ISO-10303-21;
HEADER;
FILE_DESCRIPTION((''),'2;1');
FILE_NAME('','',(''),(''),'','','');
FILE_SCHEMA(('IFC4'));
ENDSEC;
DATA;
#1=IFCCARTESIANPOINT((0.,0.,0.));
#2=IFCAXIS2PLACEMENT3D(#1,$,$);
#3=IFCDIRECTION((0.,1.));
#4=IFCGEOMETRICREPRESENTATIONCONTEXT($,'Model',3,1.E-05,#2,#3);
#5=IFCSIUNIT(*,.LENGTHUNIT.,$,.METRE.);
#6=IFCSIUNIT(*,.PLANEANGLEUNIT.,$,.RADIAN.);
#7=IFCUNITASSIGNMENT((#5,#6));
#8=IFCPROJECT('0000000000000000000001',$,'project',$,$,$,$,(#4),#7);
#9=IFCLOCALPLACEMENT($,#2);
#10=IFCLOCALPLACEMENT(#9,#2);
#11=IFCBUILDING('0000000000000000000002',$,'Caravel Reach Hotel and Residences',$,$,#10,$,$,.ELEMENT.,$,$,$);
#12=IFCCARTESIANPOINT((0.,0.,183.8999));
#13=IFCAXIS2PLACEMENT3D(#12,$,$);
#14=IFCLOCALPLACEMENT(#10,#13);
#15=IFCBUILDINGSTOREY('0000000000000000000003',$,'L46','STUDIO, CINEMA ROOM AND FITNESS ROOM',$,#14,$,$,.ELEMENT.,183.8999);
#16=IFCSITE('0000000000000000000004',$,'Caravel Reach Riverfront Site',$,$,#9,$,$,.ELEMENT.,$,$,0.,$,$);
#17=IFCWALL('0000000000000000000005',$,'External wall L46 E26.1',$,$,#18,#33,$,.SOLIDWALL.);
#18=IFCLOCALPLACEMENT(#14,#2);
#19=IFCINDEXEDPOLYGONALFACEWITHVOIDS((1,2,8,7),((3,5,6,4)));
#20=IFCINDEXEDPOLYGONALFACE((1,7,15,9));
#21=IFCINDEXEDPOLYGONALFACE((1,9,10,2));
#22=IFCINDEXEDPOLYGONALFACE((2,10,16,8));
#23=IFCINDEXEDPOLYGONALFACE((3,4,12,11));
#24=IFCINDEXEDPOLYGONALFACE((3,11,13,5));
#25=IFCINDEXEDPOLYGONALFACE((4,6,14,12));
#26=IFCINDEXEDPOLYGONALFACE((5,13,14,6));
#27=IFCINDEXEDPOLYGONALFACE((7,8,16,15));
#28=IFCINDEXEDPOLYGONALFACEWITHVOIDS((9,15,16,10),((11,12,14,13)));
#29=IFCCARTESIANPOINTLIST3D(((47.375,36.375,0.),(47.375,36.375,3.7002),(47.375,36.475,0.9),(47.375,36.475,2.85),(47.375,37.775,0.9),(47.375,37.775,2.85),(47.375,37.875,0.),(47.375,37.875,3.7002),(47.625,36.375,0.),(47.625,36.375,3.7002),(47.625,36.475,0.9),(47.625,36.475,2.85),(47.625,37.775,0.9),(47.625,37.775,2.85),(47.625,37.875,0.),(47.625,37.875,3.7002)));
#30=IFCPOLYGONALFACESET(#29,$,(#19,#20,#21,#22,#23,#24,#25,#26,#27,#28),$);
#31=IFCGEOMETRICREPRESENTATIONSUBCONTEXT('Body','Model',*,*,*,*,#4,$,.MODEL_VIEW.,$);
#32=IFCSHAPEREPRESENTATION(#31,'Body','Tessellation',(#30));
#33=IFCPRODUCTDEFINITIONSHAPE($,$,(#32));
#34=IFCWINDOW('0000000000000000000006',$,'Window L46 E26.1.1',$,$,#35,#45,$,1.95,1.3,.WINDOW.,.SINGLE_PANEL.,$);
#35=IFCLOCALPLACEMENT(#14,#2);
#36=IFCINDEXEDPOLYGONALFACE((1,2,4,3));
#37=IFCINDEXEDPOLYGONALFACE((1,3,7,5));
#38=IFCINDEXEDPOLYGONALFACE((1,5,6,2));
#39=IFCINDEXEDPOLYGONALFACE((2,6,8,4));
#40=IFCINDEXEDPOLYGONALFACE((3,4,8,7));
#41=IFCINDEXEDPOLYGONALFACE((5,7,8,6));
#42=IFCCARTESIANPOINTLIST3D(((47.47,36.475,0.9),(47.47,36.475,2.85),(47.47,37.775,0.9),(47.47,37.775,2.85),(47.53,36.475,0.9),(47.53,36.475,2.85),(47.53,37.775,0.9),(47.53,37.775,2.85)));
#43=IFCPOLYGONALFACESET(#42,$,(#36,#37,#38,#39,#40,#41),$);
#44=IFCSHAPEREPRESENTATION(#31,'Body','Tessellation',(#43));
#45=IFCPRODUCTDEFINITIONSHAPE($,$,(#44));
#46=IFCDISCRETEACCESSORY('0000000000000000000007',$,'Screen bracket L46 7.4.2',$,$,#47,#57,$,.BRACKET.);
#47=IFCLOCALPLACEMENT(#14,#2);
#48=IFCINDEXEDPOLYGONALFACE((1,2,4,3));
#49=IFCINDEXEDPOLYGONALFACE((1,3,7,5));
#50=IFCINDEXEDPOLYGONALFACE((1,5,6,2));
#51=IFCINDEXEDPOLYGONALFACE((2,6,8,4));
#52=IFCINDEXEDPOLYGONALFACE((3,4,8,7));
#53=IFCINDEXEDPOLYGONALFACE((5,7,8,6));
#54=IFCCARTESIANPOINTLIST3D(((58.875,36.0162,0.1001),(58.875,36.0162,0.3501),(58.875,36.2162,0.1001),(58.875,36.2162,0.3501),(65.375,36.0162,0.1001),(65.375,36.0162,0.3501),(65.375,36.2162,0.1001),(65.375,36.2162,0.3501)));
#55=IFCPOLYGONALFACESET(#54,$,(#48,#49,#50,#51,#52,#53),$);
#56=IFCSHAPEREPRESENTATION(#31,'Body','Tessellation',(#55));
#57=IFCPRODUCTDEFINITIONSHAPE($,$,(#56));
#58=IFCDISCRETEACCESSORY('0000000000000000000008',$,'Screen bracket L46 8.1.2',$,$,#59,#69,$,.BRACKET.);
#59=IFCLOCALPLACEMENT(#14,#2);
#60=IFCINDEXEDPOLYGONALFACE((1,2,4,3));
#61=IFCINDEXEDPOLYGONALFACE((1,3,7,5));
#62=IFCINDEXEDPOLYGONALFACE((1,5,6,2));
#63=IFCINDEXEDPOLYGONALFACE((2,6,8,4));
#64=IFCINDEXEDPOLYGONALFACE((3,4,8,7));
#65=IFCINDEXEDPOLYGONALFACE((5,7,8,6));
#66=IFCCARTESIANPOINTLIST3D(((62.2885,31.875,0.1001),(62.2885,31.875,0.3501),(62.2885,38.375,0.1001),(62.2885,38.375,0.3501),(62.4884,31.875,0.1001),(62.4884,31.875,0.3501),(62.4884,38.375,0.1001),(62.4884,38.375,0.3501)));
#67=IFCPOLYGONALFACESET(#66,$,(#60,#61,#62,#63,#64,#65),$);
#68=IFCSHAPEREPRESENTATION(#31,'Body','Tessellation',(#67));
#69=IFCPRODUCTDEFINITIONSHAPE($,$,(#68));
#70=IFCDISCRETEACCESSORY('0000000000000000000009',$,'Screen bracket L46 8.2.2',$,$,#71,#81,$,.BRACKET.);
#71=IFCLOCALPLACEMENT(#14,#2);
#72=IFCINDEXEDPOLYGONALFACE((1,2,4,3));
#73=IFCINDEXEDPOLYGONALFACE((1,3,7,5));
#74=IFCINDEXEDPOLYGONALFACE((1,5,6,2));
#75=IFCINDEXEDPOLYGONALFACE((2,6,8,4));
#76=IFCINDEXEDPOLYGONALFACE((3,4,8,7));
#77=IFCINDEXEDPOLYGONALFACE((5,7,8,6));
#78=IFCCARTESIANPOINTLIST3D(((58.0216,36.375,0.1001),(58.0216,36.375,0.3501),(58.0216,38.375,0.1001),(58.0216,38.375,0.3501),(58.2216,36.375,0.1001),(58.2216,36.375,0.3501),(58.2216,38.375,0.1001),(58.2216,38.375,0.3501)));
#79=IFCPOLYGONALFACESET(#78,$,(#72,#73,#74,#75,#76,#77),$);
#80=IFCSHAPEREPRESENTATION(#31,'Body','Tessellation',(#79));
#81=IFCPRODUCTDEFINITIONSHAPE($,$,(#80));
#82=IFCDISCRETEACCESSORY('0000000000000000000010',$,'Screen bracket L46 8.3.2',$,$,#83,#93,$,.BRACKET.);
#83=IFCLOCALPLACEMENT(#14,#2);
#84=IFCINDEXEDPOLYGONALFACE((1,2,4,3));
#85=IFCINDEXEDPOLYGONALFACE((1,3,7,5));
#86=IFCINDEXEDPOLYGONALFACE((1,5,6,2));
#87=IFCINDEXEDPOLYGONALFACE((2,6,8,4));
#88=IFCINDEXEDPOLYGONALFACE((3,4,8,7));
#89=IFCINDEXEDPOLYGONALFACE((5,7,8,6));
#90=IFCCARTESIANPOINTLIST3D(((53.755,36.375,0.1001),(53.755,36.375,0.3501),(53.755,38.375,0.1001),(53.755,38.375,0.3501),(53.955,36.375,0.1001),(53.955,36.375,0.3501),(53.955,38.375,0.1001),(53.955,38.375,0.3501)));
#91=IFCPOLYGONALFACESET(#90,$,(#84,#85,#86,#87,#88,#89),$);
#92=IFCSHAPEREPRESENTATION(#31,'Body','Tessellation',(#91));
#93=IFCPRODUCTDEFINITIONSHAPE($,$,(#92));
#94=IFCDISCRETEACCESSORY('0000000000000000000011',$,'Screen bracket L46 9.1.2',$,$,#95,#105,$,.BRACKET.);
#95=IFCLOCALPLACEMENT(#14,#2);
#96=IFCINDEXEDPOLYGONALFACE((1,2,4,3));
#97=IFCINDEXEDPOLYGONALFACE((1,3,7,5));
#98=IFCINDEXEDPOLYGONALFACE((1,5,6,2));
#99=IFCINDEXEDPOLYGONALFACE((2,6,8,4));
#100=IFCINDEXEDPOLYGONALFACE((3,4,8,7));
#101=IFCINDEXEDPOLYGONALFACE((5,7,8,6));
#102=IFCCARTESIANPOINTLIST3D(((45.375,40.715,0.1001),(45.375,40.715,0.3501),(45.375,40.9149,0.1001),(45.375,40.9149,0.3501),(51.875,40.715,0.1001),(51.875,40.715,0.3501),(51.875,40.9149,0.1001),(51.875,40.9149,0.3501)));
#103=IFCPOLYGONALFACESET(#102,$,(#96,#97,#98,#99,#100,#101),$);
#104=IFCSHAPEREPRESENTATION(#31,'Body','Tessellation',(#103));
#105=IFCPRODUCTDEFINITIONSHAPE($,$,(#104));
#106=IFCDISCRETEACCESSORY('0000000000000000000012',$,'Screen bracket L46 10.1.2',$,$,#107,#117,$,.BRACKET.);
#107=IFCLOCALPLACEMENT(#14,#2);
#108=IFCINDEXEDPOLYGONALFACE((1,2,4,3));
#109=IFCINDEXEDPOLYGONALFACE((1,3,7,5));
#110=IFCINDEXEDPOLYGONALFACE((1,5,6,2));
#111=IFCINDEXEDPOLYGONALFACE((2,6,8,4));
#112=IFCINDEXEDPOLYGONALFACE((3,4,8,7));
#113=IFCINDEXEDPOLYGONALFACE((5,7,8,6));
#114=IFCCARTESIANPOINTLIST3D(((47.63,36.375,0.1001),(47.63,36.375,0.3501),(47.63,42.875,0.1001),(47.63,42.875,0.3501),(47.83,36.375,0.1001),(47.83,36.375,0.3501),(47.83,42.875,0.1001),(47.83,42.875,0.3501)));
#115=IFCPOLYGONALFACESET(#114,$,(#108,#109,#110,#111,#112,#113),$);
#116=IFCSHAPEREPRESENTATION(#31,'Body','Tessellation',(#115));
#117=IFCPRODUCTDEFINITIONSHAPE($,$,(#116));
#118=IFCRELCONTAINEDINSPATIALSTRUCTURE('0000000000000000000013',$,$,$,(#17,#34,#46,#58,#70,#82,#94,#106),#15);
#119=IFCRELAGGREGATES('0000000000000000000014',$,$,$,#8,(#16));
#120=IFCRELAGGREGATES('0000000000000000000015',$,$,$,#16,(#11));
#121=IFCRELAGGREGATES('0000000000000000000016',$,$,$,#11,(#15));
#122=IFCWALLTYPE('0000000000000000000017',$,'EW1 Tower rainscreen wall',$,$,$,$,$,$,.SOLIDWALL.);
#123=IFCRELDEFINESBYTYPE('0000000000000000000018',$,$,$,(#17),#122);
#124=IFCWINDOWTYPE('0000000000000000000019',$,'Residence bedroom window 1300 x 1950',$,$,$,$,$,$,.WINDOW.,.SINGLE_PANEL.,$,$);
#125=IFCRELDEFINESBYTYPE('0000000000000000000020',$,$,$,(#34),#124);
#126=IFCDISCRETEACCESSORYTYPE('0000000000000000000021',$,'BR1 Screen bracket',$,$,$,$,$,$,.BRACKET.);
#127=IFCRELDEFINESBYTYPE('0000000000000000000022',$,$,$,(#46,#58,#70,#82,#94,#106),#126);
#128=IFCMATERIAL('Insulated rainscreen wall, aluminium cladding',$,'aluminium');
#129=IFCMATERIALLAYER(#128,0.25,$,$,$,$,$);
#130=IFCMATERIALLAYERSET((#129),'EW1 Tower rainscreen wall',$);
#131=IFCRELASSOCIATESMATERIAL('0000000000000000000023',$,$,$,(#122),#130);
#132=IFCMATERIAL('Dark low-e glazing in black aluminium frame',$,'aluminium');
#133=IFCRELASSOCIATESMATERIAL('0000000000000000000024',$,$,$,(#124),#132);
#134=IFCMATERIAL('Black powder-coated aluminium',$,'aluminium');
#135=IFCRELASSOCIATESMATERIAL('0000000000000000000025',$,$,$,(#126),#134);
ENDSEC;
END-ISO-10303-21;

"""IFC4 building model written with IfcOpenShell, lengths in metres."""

from ifc_helpers import new_model, si_unit, direction, frame, frame_2d, origin, origin_2d, place, context, subcontext, project, spatial, rectangle, extrude, material, layer, layer_set, type_object, element, fill, save


model = new_model("IFC4")

# Units and contexts
model_context = context("Model", 3, precision=1e-05, world=origin(), true_north=direction((0.0, 1.0)))
body_context = subcontext(model_context, "Body", "Model", "MODEL_VIEW")
ifc_project = project(units=[si_unit("LENGTHUNIT", "METRE"), si_unit("PLANEANGLEUNIT", "RADIAN")], contexts=[model_context])

# Site, building, storey
site_placement = place(None, origin())
site = spatial("IfcSite", under=ifc_project, at=site_placement, Name="Caravel Reach Riverfront Site", CompositionType="ELEMENT", RefElevation=0.0)
building_placement = place(site_placement, origin())
building = spatial("IfcBuilding", under=site, at=building_placement, Name="Caravel Reach Hotel and Residences", CompositionType="ELEMENT")
storey_placement = place(building_placement, frame((0.0, 0.0, 183.8999)))
storey = spatial("IfcBuildingStorey", under=building, at=storey_placement, Name="L46", Description="STUDIO, CINEMA ROOM AND FITNESS ROOM", CompositionType="ELEMENT", Elevation=183.8999)

# Shared definitions
ifc_material_1 = material(Name="Insulated rainscreen wall, aluminium cladding", Category="aluminium")
ifc_layer = layer(ifc_material_1, 0.25)
ifc_layer_set = layer_set([ifc_layer], Name="EW1 Tower rainscreen wall")
wall_type = type_object("IfcWallType", Name="EW1 Tower rainscreen wall", PredefinedType="SOLIDWALL", material=ifc_layer_set)

# Wall, opening, window
ifc_material_2 = material(Name="Dark low-e glazing in black aluminium frame", Category="aluminium")
window_type_1 = type_object("IfcWindowType", Name="Residence bedroom window 1300 x 1950", PartitioningType="SINGLE_PANEL", PredefinedType="WINDOW", material=ifc_material_2)
wall_1_placement = place(storey_placement, frame((47.5, 36.375, 0.0), z_axis=(0.0, 0.0, 1.0), x_axis=(0.0, 1.0, 0.0)))
wall_1 = element("IfcWall", 1, at=wall_1_placement, inside=storey, type_object=wall_type, Name="External wall L46 E26.1", PredefinedType="SOLIDWALL", context=body_context, shape_type="SweptSolid", body=[
    extrude(rectangle(XDim=1.5, YDim=0.25, at=frame_2d((0.75, 0.0))), origin(), (0.0, 0.0, 1.0), 3.7002),
])
opening_1_placement = place(wall_1_placement, frame((0.1001, 0.0, 0.8999)))
opening_1 = element("IfcOpeningElement", 2, at=opening_1_placement, cuts=wall_1, PredefinedType="OPENING", context=body_context, shape_type="SweptSolid", body=[
    extrude(rectangle(XDim=1.3, YDim=1.95, at=frame_2d((0.6499, 0.9751))), frame((0.0, 0.135, 0.0), z_axis=(0.0, -1.0, 0.0), x_axis=(1.0, 0.0, 0.0)), (0.0, 0.0, 1.0), 0.27),
])
window_1_placement = place(opening_1_placement, origin())
window_1 = element("IfcWindow", 3, at=window_1_placement, inside=storey, type_object=window_type_1, Name="Window L46 E26.1.1", OverallHeight=1.95, OverallWidth=1.3, PartitioningType="SINGLE_PANEL", PredefinedType="WINDOW", context=body_context, shape_type="SweptSolid", body=[
    extrude(rectangle(XDim=1.3, YDim=1.95, at=frame_2d((0.6499, 0.9751))), frame((0.0, 0.03, 0.0), z_axis=(0.0, -1.0, 0.0), x_axis=(1.0, 0.0, 0.0)), (0.0, 0.0, 1.0), 0.0601),
])
fill(opening_1, window_1)

# Discrete accessories
ifc_material_3 = material(Name="Black powder-coated aluminium", Category="aluminium")
discrete_accessory_type = type_object("IfcDiscreteAccessoryType", Name="BR1 Screen bracket", PredefinedType="BRACKET", material=ifc_material_3)
for number, where, z_axis, x_axis, name in (
    (4, (62.125, 36.1162, 0.1001), (0.0, 0.0, 1.0), (1.0, 0.0, 0.0), "Screen bracket L46 7.4.2"),
    (5, (62.3884, 35.125, 0.1001), (0.0, 0.0, 1.0), (0.0, 1.0, 0.0), "Screen bracket L46 8.1.2"),
):
    element("IfcDiscreteAccessory", number, at=place(storey_placement, frame(where, z_axis=z_axis, x_axis=x_axis)), inside=storey, type_object=discrete_accessory_type, Name=name, PredefinedType="BRACKET", context=body_context, shape_type="SweptSolid", body=[
        extrude(rectangle(XDim=6.5, YDim=0.2, at=origin_2d()), origin(), (0.0, 0.0, 1.0), 0.25),
    ])
for number, where, z_axis, x_axis, name in (
    (6, (58.1216, 37.375, 0.1001), (0.0, 0.0, 1.0), (0.0, 1.0, 0.0), "Screen bracket L46 8.2.2"),
    (7, (53.855, 37.375, 0.1001), (0.0, 0.0, 1.0), (0.0, 1.0, 0.0), "Screen bracket L46 8.3.2"),
):
    element("IfcDiscreteAccessory", number, at=place(storey_placement, frame(where, z_axis=z_axis, x_axis=x_axis)), inside=storey, type_object=discrete_accessory_type, Name=name, PredefinedType="BRACKET", context=body_context, shape_type="SweptSolid", body=[
        extrude(rectangle(XDim=2.0, YDim=0.2, at=origin_2d()), origin(), (0.0, 0.0, 1.0), 0.25),
    ])
for number, where, z_axis, x_axis, name in (
    (8, (48.625, 40.8149, 0.1001), (0.0, 0.0, 1.0), (1.0, 0.0, 0.0), "Screen bracket L46 9.1.2"),
    (9, (47.73, 39.625, 0.1001), (0.0, 0.0, 1.0), (0.0, 1.0, 0.0), "Screen bracket L46 10.1.2"),
):
    element("IfcDiscreteAccessory", number, at=place(storey_placement, frame(where, z_axis=z_axis, x_axis=x_axis)), inside=storey, type_object=discrete_accessory_type, Name=name, PredefinedType="BRACKET", context=body_context, shape_type="SweptSolid", body=[
        extrude(rectangle(XDim=6.5, YDim=0.2, at=origin_2d()), origin(), (0.0, 0.0, 1.0), 0.25),
    ])

save(model, "model.ifc")
